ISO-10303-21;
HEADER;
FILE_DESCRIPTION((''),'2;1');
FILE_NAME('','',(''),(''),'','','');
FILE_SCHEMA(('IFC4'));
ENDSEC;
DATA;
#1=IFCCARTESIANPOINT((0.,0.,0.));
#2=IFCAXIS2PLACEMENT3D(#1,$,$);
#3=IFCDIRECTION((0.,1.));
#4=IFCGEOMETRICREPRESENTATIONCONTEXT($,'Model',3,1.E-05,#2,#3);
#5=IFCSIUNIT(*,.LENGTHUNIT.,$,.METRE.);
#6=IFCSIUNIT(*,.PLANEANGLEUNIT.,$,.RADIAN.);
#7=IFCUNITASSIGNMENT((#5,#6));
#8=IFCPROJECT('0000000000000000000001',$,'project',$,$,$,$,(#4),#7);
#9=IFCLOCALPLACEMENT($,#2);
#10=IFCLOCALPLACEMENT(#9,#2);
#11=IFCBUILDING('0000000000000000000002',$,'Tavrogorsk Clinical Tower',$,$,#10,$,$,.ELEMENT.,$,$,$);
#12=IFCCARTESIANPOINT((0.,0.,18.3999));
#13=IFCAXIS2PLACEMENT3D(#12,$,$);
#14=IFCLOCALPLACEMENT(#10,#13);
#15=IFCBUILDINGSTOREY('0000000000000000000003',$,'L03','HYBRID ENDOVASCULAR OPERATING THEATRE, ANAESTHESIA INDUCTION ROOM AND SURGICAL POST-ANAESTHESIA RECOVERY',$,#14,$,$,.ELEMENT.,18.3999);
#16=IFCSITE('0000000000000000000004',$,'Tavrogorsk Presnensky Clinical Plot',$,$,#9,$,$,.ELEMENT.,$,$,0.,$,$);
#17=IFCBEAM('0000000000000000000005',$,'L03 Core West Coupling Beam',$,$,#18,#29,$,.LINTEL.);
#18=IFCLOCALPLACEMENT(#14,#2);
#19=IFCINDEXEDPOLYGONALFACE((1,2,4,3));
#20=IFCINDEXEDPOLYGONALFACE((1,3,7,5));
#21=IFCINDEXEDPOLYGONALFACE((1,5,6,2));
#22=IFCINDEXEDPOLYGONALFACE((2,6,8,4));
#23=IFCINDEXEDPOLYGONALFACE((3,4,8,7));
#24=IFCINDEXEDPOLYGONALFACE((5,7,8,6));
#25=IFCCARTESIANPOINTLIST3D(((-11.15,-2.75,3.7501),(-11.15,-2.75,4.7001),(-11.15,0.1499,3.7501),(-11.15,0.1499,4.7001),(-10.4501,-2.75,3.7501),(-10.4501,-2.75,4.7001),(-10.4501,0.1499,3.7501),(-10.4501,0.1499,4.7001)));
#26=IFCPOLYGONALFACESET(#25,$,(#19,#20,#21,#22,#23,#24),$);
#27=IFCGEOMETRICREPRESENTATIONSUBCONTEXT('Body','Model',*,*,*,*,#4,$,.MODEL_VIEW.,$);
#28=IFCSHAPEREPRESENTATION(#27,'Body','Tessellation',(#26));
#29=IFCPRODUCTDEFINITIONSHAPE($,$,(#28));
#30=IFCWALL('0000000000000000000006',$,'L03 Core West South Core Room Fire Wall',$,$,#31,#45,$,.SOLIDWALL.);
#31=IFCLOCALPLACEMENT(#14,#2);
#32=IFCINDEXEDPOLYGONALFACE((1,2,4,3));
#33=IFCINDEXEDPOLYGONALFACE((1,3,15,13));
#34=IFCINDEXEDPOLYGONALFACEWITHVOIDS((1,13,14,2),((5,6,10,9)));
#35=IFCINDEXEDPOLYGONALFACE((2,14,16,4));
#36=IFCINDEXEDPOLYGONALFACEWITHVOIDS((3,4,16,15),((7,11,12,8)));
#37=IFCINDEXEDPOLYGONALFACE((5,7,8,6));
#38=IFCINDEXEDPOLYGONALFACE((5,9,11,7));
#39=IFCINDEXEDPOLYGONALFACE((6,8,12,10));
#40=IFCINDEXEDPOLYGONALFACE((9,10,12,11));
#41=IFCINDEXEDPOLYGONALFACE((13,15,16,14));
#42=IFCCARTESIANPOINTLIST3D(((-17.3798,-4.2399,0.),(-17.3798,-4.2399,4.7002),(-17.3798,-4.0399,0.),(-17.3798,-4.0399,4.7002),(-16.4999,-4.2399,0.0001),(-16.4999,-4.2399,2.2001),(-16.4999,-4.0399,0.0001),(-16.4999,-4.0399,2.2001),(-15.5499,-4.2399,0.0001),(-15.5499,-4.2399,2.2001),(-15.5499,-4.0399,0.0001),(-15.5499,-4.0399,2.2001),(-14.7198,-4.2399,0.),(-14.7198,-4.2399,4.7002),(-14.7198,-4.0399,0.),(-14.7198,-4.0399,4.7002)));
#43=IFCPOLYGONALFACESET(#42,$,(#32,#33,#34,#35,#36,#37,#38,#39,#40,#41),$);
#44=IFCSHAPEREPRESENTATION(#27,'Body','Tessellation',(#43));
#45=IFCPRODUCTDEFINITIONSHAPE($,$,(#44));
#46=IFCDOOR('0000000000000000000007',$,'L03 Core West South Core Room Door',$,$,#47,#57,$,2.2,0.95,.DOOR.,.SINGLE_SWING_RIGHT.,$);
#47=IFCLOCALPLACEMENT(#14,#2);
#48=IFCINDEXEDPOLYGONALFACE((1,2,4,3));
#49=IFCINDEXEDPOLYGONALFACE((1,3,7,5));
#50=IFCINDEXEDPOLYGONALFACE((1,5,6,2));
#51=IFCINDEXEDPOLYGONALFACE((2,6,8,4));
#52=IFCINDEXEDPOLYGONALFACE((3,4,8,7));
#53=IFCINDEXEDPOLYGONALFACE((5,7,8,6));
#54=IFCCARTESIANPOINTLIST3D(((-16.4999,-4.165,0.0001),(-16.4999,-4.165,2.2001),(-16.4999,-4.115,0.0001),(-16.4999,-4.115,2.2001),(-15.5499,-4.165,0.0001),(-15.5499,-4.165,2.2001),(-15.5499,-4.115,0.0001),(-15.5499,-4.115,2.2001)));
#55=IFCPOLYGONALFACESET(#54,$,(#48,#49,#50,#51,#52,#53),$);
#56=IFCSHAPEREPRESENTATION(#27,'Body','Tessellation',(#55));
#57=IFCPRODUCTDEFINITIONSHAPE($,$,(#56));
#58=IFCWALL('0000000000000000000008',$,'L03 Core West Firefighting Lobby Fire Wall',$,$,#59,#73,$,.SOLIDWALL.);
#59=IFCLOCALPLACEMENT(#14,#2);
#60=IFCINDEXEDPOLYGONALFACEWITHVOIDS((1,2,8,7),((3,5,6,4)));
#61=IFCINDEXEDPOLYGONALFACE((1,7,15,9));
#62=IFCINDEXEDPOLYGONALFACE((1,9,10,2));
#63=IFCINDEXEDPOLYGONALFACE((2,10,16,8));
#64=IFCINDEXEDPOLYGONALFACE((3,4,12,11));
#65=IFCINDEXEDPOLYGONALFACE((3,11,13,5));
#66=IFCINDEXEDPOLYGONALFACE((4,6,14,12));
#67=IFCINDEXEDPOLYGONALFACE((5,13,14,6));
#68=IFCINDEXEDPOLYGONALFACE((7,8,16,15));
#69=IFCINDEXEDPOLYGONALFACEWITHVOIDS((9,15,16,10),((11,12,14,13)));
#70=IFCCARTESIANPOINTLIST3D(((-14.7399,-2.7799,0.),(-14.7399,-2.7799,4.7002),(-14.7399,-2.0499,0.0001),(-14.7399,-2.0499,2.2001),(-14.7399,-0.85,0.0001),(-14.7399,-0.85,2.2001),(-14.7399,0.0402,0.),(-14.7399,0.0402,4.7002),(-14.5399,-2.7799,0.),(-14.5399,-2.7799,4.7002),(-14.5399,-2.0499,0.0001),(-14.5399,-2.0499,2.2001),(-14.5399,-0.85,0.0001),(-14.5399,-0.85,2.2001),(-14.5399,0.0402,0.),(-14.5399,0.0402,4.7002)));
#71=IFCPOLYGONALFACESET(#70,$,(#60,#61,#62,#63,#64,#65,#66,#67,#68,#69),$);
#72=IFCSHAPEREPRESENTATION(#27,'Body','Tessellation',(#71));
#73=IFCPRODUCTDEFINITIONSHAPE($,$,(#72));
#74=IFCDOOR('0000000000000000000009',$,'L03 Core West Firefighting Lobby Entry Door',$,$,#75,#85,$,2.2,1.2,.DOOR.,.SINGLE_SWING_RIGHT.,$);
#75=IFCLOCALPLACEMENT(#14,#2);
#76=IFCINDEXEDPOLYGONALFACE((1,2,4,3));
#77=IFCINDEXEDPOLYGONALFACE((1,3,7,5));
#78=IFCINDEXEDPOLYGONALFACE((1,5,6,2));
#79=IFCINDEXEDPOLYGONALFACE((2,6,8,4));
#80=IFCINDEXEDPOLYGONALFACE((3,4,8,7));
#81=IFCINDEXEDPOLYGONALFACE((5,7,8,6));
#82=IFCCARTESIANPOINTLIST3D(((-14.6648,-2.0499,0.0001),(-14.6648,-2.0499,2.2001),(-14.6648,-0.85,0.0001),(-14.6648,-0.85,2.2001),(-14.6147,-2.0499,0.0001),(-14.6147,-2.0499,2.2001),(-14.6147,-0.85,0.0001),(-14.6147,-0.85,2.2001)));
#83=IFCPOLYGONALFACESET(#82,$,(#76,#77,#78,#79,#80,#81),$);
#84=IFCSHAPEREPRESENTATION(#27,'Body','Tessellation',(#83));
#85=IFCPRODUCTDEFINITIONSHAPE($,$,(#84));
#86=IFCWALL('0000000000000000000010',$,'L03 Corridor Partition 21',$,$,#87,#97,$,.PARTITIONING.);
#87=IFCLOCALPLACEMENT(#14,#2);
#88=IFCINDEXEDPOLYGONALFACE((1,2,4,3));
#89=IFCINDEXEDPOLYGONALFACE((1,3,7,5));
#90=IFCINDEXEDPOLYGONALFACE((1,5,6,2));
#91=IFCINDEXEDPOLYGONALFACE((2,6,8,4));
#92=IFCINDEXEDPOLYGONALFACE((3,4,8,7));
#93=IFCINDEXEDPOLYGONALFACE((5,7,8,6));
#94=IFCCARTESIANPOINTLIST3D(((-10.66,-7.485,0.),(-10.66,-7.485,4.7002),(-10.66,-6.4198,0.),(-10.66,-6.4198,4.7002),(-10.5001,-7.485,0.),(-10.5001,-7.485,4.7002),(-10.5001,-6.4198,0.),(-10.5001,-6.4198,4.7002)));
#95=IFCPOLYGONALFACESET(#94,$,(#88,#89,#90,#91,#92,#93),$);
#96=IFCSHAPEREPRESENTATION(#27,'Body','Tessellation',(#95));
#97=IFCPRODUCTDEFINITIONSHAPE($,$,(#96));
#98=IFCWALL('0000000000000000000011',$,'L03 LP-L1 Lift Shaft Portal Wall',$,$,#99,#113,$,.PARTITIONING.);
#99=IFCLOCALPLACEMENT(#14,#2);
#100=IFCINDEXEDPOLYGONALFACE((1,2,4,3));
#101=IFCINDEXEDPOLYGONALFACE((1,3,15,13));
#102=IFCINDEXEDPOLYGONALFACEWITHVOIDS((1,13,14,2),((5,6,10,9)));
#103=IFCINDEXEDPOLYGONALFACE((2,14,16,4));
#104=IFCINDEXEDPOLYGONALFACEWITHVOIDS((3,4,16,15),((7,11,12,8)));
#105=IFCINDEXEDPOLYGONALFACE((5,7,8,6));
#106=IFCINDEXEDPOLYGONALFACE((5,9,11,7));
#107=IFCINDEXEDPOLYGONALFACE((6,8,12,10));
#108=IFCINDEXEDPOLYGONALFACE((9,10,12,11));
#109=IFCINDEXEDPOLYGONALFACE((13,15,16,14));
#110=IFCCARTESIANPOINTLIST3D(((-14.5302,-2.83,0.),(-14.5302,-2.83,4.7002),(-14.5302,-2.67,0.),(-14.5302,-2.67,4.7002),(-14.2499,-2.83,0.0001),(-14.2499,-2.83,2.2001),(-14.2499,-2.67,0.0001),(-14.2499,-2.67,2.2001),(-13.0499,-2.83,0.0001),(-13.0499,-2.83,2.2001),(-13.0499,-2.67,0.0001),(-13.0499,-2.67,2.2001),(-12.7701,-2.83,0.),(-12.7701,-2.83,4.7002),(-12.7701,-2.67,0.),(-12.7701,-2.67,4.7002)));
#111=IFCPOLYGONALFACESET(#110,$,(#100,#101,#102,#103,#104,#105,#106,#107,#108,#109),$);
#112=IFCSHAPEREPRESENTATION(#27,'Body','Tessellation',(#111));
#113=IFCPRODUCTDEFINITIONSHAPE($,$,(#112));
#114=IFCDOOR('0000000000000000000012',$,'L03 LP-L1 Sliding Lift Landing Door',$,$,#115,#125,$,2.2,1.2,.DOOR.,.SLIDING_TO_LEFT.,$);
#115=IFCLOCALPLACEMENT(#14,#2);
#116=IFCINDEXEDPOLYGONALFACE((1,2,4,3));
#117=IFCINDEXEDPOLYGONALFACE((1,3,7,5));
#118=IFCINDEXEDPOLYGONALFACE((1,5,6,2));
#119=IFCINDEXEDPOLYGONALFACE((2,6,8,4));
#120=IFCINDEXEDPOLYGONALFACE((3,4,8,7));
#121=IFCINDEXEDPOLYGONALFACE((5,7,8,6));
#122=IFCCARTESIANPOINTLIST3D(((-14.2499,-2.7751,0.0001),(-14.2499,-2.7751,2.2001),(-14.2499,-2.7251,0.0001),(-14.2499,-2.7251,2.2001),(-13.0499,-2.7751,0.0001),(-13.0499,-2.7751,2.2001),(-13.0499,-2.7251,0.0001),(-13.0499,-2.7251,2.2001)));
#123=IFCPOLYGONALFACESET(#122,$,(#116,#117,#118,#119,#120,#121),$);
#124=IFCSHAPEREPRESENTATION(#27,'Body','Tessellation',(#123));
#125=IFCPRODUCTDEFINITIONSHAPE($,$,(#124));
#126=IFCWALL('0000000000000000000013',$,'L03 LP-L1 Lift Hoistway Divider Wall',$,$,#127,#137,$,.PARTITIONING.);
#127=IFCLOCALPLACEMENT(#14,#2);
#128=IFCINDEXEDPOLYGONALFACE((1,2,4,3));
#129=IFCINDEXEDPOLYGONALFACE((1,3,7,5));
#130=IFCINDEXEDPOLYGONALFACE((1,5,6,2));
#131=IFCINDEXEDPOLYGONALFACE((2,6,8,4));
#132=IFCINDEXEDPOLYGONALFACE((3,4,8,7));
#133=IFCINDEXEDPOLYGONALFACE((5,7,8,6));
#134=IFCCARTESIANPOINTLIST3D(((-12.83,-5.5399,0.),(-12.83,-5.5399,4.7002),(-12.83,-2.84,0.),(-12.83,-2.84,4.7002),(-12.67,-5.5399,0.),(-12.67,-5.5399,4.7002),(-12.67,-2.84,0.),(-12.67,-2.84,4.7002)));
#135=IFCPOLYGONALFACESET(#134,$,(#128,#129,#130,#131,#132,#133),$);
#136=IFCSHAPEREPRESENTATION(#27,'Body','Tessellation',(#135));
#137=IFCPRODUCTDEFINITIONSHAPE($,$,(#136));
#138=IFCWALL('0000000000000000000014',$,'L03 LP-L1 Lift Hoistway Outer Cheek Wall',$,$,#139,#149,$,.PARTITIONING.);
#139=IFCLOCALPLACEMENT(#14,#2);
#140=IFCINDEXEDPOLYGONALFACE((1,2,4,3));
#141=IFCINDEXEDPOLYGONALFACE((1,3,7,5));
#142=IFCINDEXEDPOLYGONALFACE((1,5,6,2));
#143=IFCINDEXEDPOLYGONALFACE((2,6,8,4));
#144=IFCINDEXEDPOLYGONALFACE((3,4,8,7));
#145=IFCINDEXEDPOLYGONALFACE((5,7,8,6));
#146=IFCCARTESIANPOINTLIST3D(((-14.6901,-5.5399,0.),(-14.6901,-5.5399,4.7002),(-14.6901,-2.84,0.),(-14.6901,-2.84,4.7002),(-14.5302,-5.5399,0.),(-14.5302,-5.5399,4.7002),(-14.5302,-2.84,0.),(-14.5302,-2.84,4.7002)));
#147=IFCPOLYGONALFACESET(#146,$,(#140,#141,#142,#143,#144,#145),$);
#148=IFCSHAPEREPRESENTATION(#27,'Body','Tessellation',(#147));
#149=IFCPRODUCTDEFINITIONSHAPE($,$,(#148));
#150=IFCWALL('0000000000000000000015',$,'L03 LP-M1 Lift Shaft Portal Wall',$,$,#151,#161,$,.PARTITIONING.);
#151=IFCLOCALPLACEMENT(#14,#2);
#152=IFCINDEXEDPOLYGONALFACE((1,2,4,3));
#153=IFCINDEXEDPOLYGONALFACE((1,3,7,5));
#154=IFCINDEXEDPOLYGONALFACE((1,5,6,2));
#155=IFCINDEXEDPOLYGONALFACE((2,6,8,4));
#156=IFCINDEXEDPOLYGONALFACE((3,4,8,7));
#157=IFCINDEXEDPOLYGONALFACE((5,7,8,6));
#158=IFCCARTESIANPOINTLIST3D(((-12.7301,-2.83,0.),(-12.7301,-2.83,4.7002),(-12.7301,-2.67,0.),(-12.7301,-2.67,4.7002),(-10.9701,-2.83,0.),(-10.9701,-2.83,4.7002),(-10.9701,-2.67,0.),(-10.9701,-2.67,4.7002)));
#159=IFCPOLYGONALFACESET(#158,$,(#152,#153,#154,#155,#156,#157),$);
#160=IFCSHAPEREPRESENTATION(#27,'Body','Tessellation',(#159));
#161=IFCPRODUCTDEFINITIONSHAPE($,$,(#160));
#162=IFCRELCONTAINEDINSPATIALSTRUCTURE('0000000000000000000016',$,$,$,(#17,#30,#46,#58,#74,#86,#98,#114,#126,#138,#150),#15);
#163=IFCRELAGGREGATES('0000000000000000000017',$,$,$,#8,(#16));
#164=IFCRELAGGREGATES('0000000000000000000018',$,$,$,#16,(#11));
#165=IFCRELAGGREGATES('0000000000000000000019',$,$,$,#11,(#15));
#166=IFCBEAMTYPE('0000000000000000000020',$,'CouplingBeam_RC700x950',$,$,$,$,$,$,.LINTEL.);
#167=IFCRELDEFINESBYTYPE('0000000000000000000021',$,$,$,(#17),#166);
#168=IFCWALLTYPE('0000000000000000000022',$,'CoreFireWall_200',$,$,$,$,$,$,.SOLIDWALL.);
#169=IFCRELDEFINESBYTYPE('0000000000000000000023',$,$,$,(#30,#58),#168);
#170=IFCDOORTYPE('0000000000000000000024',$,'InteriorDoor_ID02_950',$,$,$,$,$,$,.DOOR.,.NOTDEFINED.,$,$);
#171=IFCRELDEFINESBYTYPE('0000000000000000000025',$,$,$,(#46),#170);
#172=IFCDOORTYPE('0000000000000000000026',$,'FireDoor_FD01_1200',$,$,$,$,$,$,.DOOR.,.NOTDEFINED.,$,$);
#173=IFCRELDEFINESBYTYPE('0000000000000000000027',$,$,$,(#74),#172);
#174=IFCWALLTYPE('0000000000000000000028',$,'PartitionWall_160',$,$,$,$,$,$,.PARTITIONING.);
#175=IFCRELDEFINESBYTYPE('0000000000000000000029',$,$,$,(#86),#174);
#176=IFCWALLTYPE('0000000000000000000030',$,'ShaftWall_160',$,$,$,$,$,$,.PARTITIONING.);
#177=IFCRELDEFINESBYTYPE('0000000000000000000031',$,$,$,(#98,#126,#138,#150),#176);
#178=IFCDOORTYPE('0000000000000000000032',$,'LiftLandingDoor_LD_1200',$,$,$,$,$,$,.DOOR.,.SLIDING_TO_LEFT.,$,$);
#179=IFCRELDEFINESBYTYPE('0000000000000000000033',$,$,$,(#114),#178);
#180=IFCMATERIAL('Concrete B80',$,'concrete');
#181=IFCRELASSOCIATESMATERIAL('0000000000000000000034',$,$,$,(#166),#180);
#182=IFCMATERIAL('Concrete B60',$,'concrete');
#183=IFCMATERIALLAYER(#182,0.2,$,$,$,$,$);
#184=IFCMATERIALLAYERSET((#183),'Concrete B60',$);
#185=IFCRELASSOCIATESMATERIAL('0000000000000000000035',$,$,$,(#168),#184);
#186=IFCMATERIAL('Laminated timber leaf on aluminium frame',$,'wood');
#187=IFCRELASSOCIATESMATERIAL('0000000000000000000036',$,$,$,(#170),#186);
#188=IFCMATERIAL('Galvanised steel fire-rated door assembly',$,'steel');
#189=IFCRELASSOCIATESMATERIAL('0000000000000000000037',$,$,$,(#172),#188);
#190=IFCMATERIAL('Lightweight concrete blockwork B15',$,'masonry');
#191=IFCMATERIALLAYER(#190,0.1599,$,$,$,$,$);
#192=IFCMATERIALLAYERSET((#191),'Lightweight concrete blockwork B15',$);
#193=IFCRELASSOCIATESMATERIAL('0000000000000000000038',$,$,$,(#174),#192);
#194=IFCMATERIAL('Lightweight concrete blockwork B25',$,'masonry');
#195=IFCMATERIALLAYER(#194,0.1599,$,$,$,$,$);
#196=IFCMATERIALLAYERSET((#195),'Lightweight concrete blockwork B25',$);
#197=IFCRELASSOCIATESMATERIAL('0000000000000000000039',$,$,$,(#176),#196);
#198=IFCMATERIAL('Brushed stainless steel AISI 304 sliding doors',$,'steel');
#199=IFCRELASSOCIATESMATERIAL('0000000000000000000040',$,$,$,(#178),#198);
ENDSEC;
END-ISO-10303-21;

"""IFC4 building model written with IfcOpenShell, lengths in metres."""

from ifc_helpers import new_model, si_unit, direction, frame, frame_2d, origin, origin_2d, place, context, subcontext, project, spatial, rectangle, extrude, material, layer, layer_set, material_profile, profile_set, type_object, element, fill, save


model = new_model("IFC4")

# Units and contexts
model_context = context("Model", 3, precision=1e-05, world=origin(), true_north=direction((0.0, 1.0)))
body_context = subcontext(model_context, "Body", "Model", "MODEL_VIEW")
ifc_project = project(units=[si_unit("LENGTHUNIT", "METRE"), si_unit("PLANEANGLEUNIT", "RADIAN")], contexts=[model_context])

# Site, building, storey
site_placement = place(None, origin())
site = spatial("IfcSite", under=ifc_project, at=site_placement, Name="Tavrogorsk Presnensky Clinical Plot", CompositionType="ELEMENT", RefElevation=0.0)
building_placement = place(site_placement, origin())
building = spatial("IfcBuilding", under=site, at=building_placement, Name="Tavrogorsk Clinical Tower", CompositionType="ELEMENT")
storey_placement = place(building_placement, frame((0.0, 0.0, 18.3999)))
storey = spatial("IfcBuildingStorey", under=building, at=storey_placement, Name="L03", Description="HYBRID ENDOVASCULAR OPERATING THEATRE, ANAESTHESIA INDUCTION ROOM AND SURGICAL POST-ANAESTHESIA RECOVERY", CompositionType="ELEMENT", Elevation=18.3999)

# Beam
ifc_material_1 = material(Name="Concrete B80", Category="concrete")
ifc_material_profile = material_profile(ifc_material_1, rectangle(XDim=0.7, YDim=0.95, at=origin_2d()), Name="RC-CB-700x950")
ifc_profile_set = profile_set([ifc_material_profile], Name="Concrete B80")
beam_type = type_object("IfcBeamType", Name="CouplingBeam_RC700x950", PredefinedType="LINTEL", material=ifc_profile_set)
beam_placement = place(storey_placement, frame((-10.8, -2.75, 4.2251), z_axis=(0.0, 1.0, 0.0), x_axis=(-1.0, 0.0, 0.0)))
element("IfcBeam", 1, at=beam_placement, inside=storey, type_object=beam_type, Name="L03 Core West Coupling Beam", PredefinedType="LINTEL", context=body_context, shape_type="SweptSolid", body=[
    extrude(rectangle(XDim=0.7, YDim=0.95, at=origin_2d()), origin(), (0.0, 0.0, 1.0), 2.8999),
])

# Walls, openings, doors
ifc_material_2 = material(Name="Concrete B60", Category="concrete")
ifc_layer_1 = layer(ifc_material_2, 0.2)
ifc_layer_set_1 = layer_set([ifc_layer_1], Name="Concrete B60")
wall_type_1 = type_object("IfcWallType", Name="CoreFireWall_200", PredefinedType="SOLIDWALL", material=ifc_layer_set_1)
wall_1_placement = place(storey_placement, frame((-17.3799, -4.1399, 0.0), z_axis=(0.0, 0.0, 1.0), x_axis=(1.0, 0.0, 0.0)))
wall_1 = element("IfcWall", 2, at=wall_1_placement, inside=storey, type_object=wall_type_1, Name="L03 Core West South Core Room Fire Wall", PredefinedType="SOLIDWALL", context=body_context, shape_type="SweptSolid", body=[
    extrude(rectangle(XDim=2.6599, YDim=0.2, at=frame_2d((1.3301, 0.0))), origin(), (0.0, 0.0, 1.0), 4.7002),
])
opening_1_placement = place(wall_1_placement, frame((0.8799, 0.0, 0.0)))
opening_1 = element("IfcOpeningElement", 3, at=opening_1_placement, cuts=wall_1, PredefinedType="OPENING", context=body_context, shape_type="SweptSolid", body=[
    extrude(rectangle(XDim=0.95, YDim=2.2, at=frame_2d((0.4751, 1.1001))), frame((0.0, 0.1099, 0.0), z_axis=(0.0, -1.0, 0.0), x_axis=(1.0, 0.0, 0.0)), (0.0, 0.0, 1.0), 0.22),
])
ifc_material_3 = material(Name="Laminated timber leaf on aluminium frame", Category="wood")
door_type_1 = type_object("IfcDoorType", Name="InteriorDoor_ID02_950", OperationType="NOTDEFINED", PredefinedType="DOOR", material=ifc_material_3)
door_1_placement = place(opening_1_placement, origin())
door_1 = element("IfcDoor", 4, at=door_1_placement, inside=storey, type_object=door_type_1, Name="L03 Core West South Core Room Door", OperationType="SINGLE_SWING_RIGHT", OverallHeight=2.2, OverallWidth=0.95, PredefinedType="DOOR", context=body_context, shape_type="SweptSolid", body=[
    extrude(rectangle(XDim=0.95, YDim=2.2, at=frame_2d((0.4751, 1.1001))), frame((0.0, 0.0249, 0.0), z_axis=(0.0, -1.0, 0.0), x_axis=(1.0, 0.0, 0.0)), (0.0, 0.0, 1.0), 0.05),
])
fill(opening_1, door_1)
wall_2_placement = place(storey_placement, frame((-14.6399, -2.78, 0.0), z_axis=(0.0, 0.0, 1.0), x_axis=(0.0, 1.0, 0.0)))
wall_2 = element("IfcWall", 5, at=wall_2_placement, inside=storey, type_object=wall_type_1, Name="L03 Core West Firefighting Lobby Fire Wall", PredefinedType="SOLIDWALL", context=body_context, shape_type="SweptSolid", body=[
    extrude(rectangle(XDim=2.8201, YDim=0.2, at=frame_2d((1.4102, 0.0))), origin(), (0.0, 0.0, 1.0), 4.7002),
])
opening_2_placement = place(wall_2_placement, frame((0.73, 0.0, 0.0)))
opening_2 = element("IfcOpeningElement", 6, at=opening_2_placement, cuts=wall_2, PredefinedType="OPENING", context=body_context, shape_type="SweptSolid", body=[
    extrude(rectangle(XDim=1.2, YDim=2.2, at=frame_2d((0.6001, 1.1001))), frame((0.0, 0.1099, 0.0), z_axis=(0.0, -1.0, 0.0), x_axis=(1.0, 0.0, 0.0)), (0.0, 0.0, 1.0), 0.22),
])
ifc_material_4 = material(Name="Galvanised steel fire-rated door assembly", Category="steel")
door_type_2 = type_object("IfcDoorType", Name="FireDoor_FD01_1200", OperationType="NOTDEFINED", PredefinedType="DOOR", material=ifc_material_4)
door_2_placement = place(opening_2_placement, origin())
door_2 = element("IfcDoor", 7, at=door_2_placement, inside=storey, type_object=door_type_2, Name="L03 Core West Firefighting Lobby Entry Door", OperationType="SINGLE_SWING_RIGHT", OverallHeight=2.2, OverallWidth=1.2, PredefinedType="DOOR", context=body_context, shape_type="SweptSolid", body=[
    extrude(rectangle(XDim=1.2, YDim=2.2, at=frame_2d((0.6001, 1.1001))), frame((0.0, 0.0249, 0.0), z_axis=(0.0, -1.0, 0.0), x_axis=(1.0, 0.0, 0.0)), (0.0, 0.0, 1.0), 0.05),
])
fill(opening_2, door_2)

# Wall
ifc_material_5 = material(Name="Lightweight concrete blockwork B15", Category="masonry")
ifc_layer_2 = layer(ifc_material_5, 0.1599)
ifc_layer_set_2 = layer_set([ifc_layer_2], Name="Lightweight concrete blockwork B15")
wall_type_2 = type_object("IfcWallType", Name="PartitionWall_160", PredefinedType="PARTITIONING", material=ifc_layer_set_2)
wall_3_placement = place(storey_placement, frame((-10.5801, -7.4851, 0.0), z_axis=(0.0, 0.0, 1.0), x_axis=(0.0, 1.0, 0.0)))
element("IfcWall", 8, at=wall_3_placement, inside=storey, type_object=wall_type_2, Name="L03 Corridor Partition 21", PredefinedType="PARTITIONING", context=body_context, shape_type="SweptSolid", body=[
    extrude(rectangle(XDim=1.0652, YDim=0.1599, at=frame_2d((0.5327, 0.0))), origin(), (0.0, 0.0, 1.0), 4.7002),
])

# Wall, opening, door
ifc_material_6 = material(Name="Lightweight concrete blockwork B25", Category="masonry")
ifc_layer_3 = layer(ifc_material_6, 0.1599)
ifc_layer_set_3 = layer_set([ifc_layer_3], Name="Lightweight concrete blockwork B25")
wall_type_3 = type_object("IfcWallType", Name="ShaftWall_160", PredefinedType="PARTITIONING", material=ifc_layer_set_3)
wall_4_placement = place(storey_placement, frame((-14.53, -2.75, 0.0), z_axis=(0.0, 0.0, 1.0), x_axis=(1.0, 0.0, 0.0)))
wall_4 = element("IfcWall", 9, at=wall_4_placement, inside=storey, type_object=wall_type_3, Name="L03 LP-L1 Lift Shaft Portal Wall", PredefinedType="PARTITIONING", context=body_context, shape_type="SweptSolid", body=[
    extrude(rectangle(XDim=1.76, YDim=0.1599, at=frame_2d((0.8799, 0.0))), origin(), (0.0, 0.0, 1.0), 4.7002),
])
opening_3_placement = place(wall_4_placement, frame((0.28, 0.0, 0.0)))
opening_3 = element("IfcOpeningElement", 10, at=opening_3_placement, cuts=wall_4, PredefinedType="OPENING", context=body_context, shape_type="SweptSolid", body=[
    extrude(rectangle(XDim=1.2, YDim=2.2, at=frame_2d((0.6001, 1.1001))), frame((0.0, 0.0898, 0.0), z_axis=(0.0, -1.0, 0.0), x_axis=(1.0, 0.0, 0.0)), (0.0, 0.0, 1.0), 0.1799),
])
ifc_material_7 = material(Name="Brushed stainless steel AISI 304 sliding doors", Category="steel")
door_type_3 = type_object("IfcDoorType", Name="LiftLandingDoor_LD_1200", OperationType="SLIDING_TO_LEFT", PredefinedType="DOOR", material=ifc_material_7)
door_3_placement = place(opening_3_placement, origin())
door_3 = element("IfcDoor", 11, at=door_3_placement, inside=storey, type_object=door_type_3, Name="L03 LP-L1 Sliding Lift Landing Door", OperationType="SLIDING_TO_LEFT", OverallHeight=2.2, OverallWidth=1.2, PredefinedType="DOOR", context=body_context, shape_type="SweptSolid", body=[
    extrude(rectangle(XDim=1.2, YDim=2.2, at=frame_2d((0.6001, 1.1001))), frame((0.0, 0.0249, 0.0), z_axis=(0.0, -1.0, 0.0), x_axis=(1.0, 0.0, 0.0)), (0.0, 0.0, 1.0), 0.05),
])
fill(opening_3, door_3)

# Walls
for number, where, z_axis, x_axis, name in (
    (12, (-12.75, -5.54, 0.0), (0.0, 0.0, 1.0), (0.0, 1.0, 0.0), "L03 LP-L1 Lift Hoistway Divider Wall"),
    (13, (-14.6101, -5.54, 0.0), (0.0, 0.0, 1.0), (0.0, 1.0, 0.0), "L03 LP-L1 Lift Hoistway Outer Cheek Wall"),
):
    element("IfcWall", number, at=place(storey_placement, frame(where, z_axis=z_axis, x_axis=x_axis)), inside=storey, type_object=wall_type_3, Name=name, PredefinedType="PARTITIONING", context=body_context, shape_type="SweptSolid", body=[
        extrude(rectangle(XDim=2.7, YDim=0.1599, at=frame_2d((1.3501, 0.0))), origin(), (0.0, 0.0, 1.0), 4.7002),
    ])
wall_5_placement = place(storey_placement, frame((-12.73, -2.75, 0.0), z_axis=(0.0, 0.0, 1.0), x_axis=(1.0, 0.0, 0.0)))
element("IfcWall", 14, at=wall_5_placement, inside=storey, type_object=wall_type_3, Name="L03 LP-M1 Lift Shaft Portal Wall", PredefinedType="PARTITIONING", context=body_context, shape_type="SweptSolid", body=[
    extrude(rectangle(XDim=1.76, YDim=0.1599, at=frame_2d((0.8799, 0.0))), origin(), (0.0, 0.0, 1.0), 4.7002),
])

save(model, "model.ifc")
